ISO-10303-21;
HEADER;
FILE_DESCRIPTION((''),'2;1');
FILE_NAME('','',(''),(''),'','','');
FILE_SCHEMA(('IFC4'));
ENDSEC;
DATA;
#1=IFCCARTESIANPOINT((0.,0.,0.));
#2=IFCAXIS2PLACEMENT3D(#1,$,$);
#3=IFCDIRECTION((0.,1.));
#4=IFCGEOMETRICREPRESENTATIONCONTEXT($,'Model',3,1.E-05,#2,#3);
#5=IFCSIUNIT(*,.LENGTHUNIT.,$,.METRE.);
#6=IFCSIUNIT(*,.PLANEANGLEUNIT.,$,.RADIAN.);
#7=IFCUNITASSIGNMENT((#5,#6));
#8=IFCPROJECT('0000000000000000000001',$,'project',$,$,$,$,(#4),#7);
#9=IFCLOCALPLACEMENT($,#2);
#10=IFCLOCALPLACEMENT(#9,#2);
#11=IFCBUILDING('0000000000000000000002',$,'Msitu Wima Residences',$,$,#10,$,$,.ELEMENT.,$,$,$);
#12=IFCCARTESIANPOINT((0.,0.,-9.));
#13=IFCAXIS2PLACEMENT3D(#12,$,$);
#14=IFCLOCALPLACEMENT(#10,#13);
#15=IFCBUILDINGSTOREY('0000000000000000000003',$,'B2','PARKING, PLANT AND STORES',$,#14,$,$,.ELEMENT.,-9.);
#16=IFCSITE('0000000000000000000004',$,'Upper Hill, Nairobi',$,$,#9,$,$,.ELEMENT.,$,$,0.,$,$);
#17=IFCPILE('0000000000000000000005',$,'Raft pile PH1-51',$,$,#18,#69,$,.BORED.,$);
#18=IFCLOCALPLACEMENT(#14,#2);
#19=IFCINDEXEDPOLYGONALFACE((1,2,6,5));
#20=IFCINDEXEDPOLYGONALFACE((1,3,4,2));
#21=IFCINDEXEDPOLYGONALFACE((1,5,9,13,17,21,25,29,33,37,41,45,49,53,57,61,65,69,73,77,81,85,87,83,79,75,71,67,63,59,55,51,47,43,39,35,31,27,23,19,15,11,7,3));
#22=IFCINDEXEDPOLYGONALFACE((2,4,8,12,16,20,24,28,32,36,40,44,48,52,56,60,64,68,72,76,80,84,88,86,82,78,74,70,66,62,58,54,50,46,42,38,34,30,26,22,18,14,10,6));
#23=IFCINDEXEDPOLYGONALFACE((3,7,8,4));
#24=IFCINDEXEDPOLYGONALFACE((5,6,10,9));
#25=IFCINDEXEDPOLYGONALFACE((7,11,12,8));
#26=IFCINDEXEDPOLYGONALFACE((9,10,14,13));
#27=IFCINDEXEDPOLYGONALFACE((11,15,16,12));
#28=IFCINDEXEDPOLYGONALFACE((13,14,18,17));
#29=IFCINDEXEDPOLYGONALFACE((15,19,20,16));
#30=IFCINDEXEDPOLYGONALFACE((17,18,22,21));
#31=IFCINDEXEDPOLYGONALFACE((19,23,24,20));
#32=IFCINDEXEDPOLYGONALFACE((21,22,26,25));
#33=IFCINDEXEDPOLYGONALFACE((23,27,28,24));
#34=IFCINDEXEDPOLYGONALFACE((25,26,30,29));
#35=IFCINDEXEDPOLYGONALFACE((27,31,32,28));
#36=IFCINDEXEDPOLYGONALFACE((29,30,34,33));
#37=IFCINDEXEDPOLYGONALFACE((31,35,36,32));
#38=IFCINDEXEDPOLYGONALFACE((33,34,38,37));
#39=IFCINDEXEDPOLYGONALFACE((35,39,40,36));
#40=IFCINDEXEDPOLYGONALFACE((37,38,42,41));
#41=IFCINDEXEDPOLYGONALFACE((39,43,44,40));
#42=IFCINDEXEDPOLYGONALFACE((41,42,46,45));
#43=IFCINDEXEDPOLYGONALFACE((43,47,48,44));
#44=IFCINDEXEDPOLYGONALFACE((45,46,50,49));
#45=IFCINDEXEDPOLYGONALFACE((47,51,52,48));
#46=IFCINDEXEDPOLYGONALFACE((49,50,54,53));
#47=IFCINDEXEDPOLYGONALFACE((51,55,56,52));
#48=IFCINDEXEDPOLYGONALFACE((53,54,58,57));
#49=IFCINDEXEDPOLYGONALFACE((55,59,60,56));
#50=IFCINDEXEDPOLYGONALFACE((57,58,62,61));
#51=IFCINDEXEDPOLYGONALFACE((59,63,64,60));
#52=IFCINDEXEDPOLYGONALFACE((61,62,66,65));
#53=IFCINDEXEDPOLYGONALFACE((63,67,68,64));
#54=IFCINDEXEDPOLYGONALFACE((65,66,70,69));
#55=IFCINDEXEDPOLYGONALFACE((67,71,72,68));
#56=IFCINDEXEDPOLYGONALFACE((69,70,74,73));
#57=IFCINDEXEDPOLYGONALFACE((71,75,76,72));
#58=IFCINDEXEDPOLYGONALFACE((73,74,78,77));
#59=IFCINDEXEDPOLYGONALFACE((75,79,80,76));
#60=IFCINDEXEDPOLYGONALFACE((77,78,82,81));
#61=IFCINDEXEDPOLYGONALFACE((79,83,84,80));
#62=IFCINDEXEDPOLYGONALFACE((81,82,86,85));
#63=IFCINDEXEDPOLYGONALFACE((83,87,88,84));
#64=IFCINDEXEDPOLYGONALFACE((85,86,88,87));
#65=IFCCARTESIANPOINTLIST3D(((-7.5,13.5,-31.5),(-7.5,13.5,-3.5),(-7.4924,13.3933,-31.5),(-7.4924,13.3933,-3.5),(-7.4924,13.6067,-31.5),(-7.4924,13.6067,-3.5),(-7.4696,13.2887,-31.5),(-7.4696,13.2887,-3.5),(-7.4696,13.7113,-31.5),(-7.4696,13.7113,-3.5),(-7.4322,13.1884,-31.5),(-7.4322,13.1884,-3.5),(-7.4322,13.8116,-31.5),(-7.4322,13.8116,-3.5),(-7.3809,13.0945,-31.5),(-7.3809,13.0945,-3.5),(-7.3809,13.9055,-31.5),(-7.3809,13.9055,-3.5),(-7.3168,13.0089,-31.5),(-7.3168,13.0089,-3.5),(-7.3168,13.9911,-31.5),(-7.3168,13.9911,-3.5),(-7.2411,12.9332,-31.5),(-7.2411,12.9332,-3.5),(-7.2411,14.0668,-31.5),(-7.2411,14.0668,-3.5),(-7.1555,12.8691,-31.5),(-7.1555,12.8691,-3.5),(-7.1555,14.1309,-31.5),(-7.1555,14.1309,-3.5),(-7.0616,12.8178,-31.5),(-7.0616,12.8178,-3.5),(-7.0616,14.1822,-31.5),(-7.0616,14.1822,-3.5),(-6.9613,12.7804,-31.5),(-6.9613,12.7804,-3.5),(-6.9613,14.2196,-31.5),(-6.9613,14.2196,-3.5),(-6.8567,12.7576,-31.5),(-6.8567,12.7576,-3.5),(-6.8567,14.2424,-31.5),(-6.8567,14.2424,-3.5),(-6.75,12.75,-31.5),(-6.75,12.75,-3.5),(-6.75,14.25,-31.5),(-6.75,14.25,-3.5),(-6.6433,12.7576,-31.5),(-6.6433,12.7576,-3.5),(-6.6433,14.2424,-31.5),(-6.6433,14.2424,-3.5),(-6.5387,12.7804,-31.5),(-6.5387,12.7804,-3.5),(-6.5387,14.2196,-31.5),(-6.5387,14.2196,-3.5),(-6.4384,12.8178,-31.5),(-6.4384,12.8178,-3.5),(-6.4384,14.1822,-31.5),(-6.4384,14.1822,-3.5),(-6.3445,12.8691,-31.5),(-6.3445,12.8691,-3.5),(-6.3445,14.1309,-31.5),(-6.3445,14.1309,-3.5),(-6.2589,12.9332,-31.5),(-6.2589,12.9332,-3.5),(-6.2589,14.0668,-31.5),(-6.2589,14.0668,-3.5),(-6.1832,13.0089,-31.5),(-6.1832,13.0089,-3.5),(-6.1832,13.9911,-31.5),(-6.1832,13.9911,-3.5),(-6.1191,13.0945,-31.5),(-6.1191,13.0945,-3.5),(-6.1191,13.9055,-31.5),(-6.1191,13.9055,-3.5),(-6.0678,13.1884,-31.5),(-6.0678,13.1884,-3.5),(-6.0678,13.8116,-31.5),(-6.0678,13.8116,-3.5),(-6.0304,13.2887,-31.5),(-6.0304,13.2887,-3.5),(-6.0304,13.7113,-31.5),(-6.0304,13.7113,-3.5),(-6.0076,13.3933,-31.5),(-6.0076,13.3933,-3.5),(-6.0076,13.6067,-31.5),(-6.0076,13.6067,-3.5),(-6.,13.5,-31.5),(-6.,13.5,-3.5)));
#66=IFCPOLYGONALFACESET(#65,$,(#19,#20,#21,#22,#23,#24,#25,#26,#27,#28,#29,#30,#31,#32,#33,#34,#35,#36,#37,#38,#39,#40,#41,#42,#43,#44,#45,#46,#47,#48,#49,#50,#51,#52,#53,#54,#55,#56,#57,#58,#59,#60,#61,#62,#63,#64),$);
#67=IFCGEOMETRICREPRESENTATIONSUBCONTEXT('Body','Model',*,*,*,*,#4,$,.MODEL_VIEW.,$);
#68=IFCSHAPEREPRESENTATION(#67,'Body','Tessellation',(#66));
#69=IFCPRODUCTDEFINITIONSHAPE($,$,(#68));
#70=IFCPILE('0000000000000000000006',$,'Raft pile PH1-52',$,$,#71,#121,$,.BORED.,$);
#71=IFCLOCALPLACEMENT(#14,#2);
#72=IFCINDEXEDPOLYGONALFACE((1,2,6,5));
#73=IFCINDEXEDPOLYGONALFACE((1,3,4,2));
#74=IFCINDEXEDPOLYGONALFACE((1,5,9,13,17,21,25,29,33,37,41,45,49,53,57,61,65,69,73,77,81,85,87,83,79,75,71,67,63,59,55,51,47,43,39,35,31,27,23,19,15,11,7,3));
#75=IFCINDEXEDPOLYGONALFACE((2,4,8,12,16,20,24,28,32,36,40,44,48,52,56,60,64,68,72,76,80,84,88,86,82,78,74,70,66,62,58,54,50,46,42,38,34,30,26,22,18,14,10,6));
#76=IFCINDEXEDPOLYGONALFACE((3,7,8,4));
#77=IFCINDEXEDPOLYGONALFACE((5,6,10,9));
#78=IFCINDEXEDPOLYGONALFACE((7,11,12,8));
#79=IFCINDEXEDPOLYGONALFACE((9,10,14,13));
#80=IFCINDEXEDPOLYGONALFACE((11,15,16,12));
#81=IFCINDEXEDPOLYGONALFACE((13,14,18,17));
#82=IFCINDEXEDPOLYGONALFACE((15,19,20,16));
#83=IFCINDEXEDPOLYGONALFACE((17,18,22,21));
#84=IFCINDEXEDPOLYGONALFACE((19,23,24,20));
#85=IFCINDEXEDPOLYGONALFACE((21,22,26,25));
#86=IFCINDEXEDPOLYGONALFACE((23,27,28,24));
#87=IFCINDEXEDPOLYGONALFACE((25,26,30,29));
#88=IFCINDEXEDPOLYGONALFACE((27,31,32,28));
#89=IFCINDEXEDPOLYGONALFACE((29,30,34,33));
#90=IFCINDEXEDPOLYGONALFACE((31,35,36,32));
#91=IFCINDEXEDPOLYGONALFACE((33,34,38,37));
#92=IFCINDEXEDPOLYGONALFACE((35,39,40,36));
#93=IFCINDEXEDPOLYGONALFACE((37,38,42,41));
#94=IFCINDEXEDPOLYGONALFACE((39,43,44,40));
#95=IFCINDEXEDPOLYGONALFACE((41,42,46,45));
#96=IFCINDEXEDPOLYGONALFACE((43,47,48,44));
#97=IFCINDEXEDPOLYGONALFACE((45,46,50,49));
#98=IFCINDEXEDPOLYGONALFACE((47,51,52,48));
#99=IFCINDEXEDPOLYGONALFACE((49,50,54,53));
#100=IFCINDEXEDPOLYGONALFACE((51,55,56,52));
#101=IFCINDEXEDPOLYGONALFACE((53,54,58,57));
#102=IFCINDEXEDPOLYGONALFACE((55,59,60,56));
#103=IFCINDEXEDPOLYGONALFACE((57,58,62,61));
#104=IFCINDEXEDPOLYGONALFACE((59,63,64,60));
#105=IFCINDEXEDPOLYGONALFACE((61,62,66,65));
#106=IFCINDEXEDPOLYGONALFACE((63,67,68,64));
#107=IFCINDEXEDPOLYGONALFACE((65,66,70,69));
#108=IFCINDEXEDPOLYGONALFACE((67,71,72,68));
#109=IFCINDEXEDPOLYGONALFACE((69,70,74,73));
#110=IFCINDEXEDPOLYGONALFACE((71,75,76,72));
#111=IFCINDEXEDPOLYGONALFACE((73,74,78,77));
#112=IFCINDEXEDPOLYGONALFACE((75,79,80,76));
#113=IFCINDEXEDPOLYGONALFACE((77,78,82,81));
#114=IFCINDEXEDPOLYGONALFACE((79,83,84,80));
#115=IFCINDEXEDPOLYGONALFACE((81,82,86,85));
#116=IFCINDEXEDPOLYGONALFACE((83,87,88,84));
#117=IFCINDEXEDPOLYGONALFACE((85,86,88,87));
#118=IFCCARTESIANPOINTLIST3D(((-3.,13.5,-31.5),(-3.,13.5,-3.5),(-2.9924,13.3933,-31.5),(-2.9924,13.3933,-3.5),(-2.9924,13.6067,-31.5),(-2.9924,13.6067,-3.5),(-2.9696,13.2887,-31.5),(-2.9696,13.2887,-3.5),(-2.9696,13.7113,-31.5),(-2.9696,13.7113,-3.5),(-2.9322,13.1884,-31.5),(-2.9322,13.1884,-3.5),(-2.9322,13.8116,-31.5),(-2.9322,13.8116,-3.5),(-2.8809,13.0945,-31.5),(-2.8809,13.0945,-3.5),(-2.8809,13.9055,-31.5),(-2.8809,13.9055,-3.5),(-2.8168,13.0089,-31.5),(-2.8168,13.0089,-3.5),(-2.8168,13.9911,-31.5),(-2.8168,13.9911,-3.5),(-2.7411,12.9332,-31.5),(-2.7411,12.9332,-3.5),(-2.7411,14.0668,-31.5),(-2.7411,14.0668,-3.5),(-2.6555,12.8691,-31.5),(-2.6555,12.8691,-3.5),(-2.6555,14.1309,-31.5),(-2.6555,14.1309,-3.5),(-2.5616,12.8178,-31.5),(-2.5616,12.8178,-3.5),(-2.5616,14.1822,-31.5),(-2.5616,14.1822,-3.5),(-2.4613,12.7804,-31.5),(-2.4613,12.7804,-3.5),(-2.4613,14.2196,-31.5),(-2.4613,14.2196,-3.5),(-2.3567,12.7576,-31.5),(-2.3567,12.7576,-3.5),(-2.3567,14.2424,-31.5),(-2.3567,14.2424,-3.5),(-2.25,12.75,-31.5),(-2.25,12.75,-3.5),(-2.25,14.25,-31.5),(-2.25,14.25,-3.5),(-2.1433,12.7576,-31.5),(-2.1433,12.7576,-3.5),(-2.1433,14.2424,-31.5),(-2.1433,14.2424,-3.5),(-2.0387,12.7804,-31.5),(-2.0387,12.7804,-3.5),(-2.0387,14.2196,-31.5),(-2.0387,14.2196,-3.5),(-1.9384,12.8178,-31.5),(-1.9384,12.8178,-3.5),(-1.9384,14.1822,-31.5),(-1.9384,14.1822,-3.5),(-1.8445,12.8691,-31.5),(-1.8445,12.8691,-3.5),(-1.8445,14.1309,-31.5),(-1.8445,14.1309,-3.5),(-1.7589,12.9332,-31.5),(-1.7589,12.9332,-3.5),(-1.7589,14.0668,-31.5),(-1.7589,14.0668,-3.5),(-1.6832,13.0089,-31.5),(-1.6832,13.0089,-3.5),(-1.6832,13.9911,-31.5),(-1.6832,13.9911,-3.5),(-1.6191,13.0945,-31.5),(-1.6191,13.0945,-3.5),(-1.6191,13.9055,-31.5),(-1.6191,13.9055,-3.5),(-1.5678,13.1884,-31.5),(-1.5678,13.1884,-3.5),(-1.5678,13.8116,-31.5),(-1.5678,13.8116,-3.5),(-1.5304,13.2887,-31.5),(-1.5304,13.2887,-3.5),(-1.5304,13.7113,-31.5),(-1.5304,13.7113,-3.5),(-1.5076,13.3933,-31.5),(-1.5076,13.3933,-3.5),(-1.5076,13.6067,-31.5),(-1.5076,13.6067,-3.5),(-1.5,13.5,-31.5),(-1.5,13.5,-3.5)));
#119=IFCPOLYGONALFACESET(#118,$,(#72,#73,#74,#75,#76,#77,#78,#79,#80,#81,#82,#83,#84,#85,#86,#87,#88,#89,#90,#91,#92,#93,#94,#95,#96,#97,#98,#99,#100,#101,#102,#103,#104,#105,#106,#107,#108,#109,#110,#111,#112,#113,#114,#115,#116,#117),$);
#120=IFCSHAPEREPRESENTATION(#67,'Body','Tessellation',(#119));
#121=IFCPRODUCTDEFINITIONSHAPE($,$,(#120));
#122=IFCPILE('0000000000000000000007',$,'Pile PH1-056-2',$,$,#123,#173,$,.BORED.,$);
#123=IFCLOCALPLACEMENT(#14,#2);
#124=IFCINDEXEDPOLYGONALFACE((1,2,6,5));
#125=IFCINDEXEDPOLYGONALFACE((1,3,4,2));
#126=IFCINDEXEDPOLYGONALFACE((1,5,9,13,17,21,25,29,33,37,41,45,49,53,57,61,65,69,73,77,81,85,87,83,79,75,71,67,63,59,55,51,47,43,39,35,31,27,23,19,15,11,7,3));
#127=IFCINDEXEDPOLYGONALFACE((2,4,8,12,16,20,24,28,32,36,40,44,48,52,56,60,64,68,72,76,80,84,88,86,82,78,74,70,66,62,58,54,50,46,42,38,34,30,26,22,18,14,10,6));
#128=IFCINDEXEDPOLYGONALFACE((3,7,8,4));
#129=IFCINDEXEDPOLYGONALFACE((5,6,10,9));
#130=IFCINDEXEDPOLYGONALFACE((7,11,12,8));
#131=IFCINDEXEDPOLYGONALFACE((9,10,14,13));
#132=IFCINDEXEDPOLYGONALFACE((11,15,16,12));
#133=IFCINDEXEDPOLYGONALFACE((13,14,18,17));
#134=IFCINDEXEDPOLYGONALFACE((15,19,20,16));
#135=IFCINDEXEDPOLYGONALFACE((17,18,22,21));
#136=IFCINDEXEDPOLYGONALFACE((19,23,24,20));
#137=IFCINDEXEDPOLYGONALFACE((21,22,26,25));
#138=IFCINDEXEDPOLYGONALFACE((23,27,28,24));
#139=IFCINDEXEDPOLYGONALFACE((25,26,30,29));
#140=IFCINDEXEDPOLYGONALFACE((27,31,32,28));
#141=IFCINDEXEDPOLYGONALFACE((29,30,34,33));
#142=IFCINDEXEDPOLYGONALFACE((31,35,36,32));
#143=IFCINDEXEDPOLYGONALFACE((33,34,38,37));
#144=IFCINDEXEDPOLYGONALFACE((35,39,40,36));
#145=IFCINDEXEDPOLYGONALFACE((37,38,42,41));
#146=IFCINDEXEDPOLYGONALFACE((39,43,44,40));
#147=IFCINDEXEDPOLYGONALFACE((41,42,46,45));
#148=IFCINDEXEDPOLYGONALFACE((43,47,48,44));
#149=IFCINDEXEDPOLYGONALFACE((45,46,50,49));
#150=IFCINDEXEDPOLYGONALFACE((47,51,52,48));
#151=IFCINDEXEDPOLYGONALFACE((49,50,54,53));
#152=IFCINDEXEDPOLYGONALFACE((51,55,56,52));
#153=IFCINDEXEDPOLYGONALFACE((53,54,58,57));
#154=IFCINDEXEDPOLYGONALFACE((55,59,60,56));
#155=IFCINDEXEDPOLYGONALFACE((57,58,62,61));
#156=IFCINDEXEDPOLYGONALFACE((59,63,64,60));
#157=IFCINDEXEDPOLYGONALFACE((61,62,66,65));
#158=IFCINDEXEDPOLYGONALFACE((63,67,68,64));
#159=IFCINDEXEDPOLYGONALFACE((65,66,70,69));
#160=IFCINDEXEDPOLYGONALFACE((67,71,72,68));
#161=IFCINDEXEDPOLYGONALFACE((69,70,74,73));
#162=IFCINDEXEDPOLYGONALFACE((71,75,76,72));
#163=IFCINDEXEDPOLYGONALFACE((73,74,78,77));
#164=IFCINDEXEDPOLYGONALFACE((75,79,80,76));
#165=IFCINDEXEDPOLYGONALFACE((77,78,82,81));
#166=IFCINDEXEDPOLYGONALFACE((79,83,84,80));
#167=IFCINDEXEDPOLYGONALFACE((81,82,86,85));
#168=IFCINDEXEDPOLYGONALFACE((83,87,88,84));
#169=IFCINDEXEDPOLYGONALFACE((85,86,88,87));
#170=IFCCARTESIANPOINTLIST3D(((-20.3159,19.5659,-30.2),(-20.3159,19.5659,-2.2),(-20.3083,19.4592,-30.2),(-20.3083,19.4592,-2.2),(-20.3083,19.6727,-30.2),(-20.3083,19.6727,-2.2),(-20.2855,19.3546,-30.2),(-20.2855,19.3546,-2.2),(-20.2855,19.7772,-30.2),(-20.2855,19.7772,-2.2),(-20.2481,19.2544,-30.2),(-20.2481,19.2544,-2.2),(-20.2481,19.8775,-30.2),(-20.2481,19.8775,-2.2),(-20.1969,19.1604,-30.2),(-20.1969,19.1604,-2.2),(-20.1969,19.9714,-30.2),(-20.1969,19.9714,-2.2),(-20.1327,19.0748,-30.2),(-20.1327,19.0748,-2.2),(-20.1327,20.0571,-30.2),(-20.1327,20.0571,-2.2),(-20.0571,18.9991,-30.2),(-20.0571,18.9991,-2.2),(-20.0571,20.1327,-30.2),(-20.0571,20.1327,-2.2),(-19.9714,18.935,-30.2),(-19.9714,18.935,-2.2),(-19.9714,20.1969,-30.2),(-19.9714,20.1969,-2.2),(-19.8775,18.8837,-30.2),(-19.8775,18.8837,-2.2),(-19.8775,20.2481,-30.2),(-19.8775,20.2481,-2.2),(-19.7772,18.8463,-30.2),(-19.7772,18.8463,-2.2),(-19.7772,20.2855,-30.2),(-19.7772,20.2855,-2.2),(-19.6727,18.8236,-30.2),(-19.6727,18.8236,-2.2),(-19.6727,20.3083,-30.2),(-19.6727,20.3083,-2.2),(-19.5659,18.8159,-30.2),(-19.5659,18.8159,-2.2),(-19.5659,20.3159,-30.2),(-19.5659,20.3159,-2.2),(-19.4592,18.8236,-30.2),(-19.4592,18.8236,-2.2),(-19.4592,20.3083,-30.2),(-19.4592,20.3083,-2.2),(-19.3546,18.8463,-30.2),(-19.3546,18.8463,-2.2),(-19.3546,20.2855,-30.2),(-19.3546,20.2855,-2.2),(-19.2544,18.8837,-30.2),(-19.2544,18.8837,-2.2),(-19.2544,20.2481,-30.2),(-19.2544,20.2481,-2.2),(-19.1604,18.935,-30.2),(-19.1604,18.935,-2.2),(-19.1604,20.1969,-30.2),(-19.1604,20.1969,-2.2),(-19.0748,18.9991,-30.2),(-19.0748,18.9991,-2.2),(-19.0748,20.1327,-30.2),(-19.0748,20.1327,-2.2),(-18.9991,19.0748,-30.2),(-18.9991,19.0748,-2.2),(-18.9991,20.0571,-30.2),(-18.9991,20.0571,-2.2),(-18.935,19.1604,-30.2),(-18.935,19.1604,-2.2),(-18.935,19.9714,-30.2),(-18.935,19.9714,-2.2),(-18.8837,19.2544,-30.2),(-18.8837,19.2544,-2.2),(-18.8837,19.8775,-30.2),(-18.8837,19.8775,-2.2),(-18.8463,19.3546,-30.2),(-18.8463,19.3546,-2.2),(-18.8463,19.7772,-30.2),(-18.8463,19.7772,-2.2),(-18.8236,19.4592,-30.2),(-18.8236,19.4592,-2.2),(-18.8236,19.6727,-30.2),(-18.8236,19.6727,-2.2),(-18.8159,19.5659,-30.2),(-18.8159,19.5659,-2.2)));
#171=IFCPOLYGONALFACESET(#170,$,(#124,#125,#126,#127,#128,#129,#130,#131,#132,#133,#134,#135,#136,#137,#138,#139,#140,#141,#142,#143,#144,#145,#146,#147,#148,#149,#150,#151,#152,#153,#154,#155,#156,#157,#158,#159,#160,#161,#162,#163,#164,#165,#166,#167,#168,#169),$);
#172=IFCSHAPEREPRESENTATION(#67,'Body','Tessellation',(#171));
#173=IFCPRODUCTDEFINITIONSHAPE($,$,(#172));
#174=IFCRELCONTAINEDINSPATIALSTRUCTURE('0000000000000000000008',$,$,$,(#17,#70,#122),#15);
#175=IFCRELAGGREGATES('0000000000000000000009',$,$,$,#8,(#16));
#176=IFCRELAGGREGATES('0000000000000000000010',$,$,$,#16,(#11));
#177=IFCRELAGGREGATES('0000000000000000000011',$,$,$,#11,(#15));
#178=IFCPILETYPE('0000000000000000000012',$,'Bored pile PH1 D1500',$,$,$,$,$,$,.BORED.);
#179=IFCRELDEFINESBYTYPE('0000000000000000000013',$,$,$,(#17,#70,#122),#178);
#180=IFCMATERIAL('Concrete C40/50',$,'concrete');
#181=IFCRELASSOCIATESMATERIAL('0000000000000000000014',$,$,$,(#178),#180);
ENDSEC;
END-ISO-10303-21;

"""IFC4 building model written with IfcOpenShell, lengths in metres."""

from ifc_helpers import new_model, si_unit, direction, frame, origin, origin_2d, place, context, subcontext, project, spatial, circle, extrude, material, type_object, element, save


model = new_model("IFC4")

# Units and contexts
model_context = context("Model", 3, precision=1e-05, world=origin(), true_north=direction((0.0, 1.0)))
body_context = subcontext(model_context, "Body", "Model", "MODEL_VIEW")
ifc_project = project(units=[si_unit("LENGTHUNIT", "METRE"), si_unit("PLANEANGLEUNIT", "RADIAN")], contexts=[model_context])

# Site, building, storey
site_placement = place(None, origin())
site = spatial("IfcSite", under=ifc_project, at=site_placement, Name="Upper Hill, Nairobi", CompositionType="ELEMENT", RefElevation=0.0)
building_placement = place(site_placement, origin())
building = spatial("IfcBuilding", under=site, at=building_placement, Name="Msitu Wima Residences", CompositionType="ELEMENT")
storey_placement = place(building_placement, frame((0.0, 0.0, -9.0)))
storey = spatial("IfcBuildingStorey", under=building, at=storey_placement, Name="B2", Description="PARKING, PLANT AND STORES", CompositionType="ELEMENT", Elevation=-9.0)

# Piles
ifc_material_1 = material(Name="Concrete C40/50", Category="concrete")
pile_type = type_object("IfcPileType", Name="Bored pile PH1 D1500", PredefinedType="BORED", material=ifc_material_1)
for number, where, z_axis, x_axis, name in (
    (1, (-6.75, 13.5, -3.5), (0.0, 0.0, -1.0), (1.0, 0.0, 0.0), "Raft pile PH1-51"),
    (2, (-2.25, 13.5, -3.5), (0.0, 0.0, -1.0), (1.0, 0.0, 0.0), "Raft pile PH1-52"),
    (3, (-19.5659, 19.5659, -2.2), (0.0, 0.0, -1.0), (1.0, 0.0, 0.0), "Pile PH1-056-2"),
):
    element("IfcPile", number, at=place(storey_placement, frame(where, z_axis=z_axis, x_axis=x_axis)), inside=storey, type_object=pile_type, Name=name, PredefinedType="BORED", context=body_context, shape_type="SweptSolid", body=[
        extrude(circle(Radius=0.75, at=origin_2d()), origin(), (0.0, 0.0, 1.0), 28.0),
    ])

save(model, "model.ifc")
